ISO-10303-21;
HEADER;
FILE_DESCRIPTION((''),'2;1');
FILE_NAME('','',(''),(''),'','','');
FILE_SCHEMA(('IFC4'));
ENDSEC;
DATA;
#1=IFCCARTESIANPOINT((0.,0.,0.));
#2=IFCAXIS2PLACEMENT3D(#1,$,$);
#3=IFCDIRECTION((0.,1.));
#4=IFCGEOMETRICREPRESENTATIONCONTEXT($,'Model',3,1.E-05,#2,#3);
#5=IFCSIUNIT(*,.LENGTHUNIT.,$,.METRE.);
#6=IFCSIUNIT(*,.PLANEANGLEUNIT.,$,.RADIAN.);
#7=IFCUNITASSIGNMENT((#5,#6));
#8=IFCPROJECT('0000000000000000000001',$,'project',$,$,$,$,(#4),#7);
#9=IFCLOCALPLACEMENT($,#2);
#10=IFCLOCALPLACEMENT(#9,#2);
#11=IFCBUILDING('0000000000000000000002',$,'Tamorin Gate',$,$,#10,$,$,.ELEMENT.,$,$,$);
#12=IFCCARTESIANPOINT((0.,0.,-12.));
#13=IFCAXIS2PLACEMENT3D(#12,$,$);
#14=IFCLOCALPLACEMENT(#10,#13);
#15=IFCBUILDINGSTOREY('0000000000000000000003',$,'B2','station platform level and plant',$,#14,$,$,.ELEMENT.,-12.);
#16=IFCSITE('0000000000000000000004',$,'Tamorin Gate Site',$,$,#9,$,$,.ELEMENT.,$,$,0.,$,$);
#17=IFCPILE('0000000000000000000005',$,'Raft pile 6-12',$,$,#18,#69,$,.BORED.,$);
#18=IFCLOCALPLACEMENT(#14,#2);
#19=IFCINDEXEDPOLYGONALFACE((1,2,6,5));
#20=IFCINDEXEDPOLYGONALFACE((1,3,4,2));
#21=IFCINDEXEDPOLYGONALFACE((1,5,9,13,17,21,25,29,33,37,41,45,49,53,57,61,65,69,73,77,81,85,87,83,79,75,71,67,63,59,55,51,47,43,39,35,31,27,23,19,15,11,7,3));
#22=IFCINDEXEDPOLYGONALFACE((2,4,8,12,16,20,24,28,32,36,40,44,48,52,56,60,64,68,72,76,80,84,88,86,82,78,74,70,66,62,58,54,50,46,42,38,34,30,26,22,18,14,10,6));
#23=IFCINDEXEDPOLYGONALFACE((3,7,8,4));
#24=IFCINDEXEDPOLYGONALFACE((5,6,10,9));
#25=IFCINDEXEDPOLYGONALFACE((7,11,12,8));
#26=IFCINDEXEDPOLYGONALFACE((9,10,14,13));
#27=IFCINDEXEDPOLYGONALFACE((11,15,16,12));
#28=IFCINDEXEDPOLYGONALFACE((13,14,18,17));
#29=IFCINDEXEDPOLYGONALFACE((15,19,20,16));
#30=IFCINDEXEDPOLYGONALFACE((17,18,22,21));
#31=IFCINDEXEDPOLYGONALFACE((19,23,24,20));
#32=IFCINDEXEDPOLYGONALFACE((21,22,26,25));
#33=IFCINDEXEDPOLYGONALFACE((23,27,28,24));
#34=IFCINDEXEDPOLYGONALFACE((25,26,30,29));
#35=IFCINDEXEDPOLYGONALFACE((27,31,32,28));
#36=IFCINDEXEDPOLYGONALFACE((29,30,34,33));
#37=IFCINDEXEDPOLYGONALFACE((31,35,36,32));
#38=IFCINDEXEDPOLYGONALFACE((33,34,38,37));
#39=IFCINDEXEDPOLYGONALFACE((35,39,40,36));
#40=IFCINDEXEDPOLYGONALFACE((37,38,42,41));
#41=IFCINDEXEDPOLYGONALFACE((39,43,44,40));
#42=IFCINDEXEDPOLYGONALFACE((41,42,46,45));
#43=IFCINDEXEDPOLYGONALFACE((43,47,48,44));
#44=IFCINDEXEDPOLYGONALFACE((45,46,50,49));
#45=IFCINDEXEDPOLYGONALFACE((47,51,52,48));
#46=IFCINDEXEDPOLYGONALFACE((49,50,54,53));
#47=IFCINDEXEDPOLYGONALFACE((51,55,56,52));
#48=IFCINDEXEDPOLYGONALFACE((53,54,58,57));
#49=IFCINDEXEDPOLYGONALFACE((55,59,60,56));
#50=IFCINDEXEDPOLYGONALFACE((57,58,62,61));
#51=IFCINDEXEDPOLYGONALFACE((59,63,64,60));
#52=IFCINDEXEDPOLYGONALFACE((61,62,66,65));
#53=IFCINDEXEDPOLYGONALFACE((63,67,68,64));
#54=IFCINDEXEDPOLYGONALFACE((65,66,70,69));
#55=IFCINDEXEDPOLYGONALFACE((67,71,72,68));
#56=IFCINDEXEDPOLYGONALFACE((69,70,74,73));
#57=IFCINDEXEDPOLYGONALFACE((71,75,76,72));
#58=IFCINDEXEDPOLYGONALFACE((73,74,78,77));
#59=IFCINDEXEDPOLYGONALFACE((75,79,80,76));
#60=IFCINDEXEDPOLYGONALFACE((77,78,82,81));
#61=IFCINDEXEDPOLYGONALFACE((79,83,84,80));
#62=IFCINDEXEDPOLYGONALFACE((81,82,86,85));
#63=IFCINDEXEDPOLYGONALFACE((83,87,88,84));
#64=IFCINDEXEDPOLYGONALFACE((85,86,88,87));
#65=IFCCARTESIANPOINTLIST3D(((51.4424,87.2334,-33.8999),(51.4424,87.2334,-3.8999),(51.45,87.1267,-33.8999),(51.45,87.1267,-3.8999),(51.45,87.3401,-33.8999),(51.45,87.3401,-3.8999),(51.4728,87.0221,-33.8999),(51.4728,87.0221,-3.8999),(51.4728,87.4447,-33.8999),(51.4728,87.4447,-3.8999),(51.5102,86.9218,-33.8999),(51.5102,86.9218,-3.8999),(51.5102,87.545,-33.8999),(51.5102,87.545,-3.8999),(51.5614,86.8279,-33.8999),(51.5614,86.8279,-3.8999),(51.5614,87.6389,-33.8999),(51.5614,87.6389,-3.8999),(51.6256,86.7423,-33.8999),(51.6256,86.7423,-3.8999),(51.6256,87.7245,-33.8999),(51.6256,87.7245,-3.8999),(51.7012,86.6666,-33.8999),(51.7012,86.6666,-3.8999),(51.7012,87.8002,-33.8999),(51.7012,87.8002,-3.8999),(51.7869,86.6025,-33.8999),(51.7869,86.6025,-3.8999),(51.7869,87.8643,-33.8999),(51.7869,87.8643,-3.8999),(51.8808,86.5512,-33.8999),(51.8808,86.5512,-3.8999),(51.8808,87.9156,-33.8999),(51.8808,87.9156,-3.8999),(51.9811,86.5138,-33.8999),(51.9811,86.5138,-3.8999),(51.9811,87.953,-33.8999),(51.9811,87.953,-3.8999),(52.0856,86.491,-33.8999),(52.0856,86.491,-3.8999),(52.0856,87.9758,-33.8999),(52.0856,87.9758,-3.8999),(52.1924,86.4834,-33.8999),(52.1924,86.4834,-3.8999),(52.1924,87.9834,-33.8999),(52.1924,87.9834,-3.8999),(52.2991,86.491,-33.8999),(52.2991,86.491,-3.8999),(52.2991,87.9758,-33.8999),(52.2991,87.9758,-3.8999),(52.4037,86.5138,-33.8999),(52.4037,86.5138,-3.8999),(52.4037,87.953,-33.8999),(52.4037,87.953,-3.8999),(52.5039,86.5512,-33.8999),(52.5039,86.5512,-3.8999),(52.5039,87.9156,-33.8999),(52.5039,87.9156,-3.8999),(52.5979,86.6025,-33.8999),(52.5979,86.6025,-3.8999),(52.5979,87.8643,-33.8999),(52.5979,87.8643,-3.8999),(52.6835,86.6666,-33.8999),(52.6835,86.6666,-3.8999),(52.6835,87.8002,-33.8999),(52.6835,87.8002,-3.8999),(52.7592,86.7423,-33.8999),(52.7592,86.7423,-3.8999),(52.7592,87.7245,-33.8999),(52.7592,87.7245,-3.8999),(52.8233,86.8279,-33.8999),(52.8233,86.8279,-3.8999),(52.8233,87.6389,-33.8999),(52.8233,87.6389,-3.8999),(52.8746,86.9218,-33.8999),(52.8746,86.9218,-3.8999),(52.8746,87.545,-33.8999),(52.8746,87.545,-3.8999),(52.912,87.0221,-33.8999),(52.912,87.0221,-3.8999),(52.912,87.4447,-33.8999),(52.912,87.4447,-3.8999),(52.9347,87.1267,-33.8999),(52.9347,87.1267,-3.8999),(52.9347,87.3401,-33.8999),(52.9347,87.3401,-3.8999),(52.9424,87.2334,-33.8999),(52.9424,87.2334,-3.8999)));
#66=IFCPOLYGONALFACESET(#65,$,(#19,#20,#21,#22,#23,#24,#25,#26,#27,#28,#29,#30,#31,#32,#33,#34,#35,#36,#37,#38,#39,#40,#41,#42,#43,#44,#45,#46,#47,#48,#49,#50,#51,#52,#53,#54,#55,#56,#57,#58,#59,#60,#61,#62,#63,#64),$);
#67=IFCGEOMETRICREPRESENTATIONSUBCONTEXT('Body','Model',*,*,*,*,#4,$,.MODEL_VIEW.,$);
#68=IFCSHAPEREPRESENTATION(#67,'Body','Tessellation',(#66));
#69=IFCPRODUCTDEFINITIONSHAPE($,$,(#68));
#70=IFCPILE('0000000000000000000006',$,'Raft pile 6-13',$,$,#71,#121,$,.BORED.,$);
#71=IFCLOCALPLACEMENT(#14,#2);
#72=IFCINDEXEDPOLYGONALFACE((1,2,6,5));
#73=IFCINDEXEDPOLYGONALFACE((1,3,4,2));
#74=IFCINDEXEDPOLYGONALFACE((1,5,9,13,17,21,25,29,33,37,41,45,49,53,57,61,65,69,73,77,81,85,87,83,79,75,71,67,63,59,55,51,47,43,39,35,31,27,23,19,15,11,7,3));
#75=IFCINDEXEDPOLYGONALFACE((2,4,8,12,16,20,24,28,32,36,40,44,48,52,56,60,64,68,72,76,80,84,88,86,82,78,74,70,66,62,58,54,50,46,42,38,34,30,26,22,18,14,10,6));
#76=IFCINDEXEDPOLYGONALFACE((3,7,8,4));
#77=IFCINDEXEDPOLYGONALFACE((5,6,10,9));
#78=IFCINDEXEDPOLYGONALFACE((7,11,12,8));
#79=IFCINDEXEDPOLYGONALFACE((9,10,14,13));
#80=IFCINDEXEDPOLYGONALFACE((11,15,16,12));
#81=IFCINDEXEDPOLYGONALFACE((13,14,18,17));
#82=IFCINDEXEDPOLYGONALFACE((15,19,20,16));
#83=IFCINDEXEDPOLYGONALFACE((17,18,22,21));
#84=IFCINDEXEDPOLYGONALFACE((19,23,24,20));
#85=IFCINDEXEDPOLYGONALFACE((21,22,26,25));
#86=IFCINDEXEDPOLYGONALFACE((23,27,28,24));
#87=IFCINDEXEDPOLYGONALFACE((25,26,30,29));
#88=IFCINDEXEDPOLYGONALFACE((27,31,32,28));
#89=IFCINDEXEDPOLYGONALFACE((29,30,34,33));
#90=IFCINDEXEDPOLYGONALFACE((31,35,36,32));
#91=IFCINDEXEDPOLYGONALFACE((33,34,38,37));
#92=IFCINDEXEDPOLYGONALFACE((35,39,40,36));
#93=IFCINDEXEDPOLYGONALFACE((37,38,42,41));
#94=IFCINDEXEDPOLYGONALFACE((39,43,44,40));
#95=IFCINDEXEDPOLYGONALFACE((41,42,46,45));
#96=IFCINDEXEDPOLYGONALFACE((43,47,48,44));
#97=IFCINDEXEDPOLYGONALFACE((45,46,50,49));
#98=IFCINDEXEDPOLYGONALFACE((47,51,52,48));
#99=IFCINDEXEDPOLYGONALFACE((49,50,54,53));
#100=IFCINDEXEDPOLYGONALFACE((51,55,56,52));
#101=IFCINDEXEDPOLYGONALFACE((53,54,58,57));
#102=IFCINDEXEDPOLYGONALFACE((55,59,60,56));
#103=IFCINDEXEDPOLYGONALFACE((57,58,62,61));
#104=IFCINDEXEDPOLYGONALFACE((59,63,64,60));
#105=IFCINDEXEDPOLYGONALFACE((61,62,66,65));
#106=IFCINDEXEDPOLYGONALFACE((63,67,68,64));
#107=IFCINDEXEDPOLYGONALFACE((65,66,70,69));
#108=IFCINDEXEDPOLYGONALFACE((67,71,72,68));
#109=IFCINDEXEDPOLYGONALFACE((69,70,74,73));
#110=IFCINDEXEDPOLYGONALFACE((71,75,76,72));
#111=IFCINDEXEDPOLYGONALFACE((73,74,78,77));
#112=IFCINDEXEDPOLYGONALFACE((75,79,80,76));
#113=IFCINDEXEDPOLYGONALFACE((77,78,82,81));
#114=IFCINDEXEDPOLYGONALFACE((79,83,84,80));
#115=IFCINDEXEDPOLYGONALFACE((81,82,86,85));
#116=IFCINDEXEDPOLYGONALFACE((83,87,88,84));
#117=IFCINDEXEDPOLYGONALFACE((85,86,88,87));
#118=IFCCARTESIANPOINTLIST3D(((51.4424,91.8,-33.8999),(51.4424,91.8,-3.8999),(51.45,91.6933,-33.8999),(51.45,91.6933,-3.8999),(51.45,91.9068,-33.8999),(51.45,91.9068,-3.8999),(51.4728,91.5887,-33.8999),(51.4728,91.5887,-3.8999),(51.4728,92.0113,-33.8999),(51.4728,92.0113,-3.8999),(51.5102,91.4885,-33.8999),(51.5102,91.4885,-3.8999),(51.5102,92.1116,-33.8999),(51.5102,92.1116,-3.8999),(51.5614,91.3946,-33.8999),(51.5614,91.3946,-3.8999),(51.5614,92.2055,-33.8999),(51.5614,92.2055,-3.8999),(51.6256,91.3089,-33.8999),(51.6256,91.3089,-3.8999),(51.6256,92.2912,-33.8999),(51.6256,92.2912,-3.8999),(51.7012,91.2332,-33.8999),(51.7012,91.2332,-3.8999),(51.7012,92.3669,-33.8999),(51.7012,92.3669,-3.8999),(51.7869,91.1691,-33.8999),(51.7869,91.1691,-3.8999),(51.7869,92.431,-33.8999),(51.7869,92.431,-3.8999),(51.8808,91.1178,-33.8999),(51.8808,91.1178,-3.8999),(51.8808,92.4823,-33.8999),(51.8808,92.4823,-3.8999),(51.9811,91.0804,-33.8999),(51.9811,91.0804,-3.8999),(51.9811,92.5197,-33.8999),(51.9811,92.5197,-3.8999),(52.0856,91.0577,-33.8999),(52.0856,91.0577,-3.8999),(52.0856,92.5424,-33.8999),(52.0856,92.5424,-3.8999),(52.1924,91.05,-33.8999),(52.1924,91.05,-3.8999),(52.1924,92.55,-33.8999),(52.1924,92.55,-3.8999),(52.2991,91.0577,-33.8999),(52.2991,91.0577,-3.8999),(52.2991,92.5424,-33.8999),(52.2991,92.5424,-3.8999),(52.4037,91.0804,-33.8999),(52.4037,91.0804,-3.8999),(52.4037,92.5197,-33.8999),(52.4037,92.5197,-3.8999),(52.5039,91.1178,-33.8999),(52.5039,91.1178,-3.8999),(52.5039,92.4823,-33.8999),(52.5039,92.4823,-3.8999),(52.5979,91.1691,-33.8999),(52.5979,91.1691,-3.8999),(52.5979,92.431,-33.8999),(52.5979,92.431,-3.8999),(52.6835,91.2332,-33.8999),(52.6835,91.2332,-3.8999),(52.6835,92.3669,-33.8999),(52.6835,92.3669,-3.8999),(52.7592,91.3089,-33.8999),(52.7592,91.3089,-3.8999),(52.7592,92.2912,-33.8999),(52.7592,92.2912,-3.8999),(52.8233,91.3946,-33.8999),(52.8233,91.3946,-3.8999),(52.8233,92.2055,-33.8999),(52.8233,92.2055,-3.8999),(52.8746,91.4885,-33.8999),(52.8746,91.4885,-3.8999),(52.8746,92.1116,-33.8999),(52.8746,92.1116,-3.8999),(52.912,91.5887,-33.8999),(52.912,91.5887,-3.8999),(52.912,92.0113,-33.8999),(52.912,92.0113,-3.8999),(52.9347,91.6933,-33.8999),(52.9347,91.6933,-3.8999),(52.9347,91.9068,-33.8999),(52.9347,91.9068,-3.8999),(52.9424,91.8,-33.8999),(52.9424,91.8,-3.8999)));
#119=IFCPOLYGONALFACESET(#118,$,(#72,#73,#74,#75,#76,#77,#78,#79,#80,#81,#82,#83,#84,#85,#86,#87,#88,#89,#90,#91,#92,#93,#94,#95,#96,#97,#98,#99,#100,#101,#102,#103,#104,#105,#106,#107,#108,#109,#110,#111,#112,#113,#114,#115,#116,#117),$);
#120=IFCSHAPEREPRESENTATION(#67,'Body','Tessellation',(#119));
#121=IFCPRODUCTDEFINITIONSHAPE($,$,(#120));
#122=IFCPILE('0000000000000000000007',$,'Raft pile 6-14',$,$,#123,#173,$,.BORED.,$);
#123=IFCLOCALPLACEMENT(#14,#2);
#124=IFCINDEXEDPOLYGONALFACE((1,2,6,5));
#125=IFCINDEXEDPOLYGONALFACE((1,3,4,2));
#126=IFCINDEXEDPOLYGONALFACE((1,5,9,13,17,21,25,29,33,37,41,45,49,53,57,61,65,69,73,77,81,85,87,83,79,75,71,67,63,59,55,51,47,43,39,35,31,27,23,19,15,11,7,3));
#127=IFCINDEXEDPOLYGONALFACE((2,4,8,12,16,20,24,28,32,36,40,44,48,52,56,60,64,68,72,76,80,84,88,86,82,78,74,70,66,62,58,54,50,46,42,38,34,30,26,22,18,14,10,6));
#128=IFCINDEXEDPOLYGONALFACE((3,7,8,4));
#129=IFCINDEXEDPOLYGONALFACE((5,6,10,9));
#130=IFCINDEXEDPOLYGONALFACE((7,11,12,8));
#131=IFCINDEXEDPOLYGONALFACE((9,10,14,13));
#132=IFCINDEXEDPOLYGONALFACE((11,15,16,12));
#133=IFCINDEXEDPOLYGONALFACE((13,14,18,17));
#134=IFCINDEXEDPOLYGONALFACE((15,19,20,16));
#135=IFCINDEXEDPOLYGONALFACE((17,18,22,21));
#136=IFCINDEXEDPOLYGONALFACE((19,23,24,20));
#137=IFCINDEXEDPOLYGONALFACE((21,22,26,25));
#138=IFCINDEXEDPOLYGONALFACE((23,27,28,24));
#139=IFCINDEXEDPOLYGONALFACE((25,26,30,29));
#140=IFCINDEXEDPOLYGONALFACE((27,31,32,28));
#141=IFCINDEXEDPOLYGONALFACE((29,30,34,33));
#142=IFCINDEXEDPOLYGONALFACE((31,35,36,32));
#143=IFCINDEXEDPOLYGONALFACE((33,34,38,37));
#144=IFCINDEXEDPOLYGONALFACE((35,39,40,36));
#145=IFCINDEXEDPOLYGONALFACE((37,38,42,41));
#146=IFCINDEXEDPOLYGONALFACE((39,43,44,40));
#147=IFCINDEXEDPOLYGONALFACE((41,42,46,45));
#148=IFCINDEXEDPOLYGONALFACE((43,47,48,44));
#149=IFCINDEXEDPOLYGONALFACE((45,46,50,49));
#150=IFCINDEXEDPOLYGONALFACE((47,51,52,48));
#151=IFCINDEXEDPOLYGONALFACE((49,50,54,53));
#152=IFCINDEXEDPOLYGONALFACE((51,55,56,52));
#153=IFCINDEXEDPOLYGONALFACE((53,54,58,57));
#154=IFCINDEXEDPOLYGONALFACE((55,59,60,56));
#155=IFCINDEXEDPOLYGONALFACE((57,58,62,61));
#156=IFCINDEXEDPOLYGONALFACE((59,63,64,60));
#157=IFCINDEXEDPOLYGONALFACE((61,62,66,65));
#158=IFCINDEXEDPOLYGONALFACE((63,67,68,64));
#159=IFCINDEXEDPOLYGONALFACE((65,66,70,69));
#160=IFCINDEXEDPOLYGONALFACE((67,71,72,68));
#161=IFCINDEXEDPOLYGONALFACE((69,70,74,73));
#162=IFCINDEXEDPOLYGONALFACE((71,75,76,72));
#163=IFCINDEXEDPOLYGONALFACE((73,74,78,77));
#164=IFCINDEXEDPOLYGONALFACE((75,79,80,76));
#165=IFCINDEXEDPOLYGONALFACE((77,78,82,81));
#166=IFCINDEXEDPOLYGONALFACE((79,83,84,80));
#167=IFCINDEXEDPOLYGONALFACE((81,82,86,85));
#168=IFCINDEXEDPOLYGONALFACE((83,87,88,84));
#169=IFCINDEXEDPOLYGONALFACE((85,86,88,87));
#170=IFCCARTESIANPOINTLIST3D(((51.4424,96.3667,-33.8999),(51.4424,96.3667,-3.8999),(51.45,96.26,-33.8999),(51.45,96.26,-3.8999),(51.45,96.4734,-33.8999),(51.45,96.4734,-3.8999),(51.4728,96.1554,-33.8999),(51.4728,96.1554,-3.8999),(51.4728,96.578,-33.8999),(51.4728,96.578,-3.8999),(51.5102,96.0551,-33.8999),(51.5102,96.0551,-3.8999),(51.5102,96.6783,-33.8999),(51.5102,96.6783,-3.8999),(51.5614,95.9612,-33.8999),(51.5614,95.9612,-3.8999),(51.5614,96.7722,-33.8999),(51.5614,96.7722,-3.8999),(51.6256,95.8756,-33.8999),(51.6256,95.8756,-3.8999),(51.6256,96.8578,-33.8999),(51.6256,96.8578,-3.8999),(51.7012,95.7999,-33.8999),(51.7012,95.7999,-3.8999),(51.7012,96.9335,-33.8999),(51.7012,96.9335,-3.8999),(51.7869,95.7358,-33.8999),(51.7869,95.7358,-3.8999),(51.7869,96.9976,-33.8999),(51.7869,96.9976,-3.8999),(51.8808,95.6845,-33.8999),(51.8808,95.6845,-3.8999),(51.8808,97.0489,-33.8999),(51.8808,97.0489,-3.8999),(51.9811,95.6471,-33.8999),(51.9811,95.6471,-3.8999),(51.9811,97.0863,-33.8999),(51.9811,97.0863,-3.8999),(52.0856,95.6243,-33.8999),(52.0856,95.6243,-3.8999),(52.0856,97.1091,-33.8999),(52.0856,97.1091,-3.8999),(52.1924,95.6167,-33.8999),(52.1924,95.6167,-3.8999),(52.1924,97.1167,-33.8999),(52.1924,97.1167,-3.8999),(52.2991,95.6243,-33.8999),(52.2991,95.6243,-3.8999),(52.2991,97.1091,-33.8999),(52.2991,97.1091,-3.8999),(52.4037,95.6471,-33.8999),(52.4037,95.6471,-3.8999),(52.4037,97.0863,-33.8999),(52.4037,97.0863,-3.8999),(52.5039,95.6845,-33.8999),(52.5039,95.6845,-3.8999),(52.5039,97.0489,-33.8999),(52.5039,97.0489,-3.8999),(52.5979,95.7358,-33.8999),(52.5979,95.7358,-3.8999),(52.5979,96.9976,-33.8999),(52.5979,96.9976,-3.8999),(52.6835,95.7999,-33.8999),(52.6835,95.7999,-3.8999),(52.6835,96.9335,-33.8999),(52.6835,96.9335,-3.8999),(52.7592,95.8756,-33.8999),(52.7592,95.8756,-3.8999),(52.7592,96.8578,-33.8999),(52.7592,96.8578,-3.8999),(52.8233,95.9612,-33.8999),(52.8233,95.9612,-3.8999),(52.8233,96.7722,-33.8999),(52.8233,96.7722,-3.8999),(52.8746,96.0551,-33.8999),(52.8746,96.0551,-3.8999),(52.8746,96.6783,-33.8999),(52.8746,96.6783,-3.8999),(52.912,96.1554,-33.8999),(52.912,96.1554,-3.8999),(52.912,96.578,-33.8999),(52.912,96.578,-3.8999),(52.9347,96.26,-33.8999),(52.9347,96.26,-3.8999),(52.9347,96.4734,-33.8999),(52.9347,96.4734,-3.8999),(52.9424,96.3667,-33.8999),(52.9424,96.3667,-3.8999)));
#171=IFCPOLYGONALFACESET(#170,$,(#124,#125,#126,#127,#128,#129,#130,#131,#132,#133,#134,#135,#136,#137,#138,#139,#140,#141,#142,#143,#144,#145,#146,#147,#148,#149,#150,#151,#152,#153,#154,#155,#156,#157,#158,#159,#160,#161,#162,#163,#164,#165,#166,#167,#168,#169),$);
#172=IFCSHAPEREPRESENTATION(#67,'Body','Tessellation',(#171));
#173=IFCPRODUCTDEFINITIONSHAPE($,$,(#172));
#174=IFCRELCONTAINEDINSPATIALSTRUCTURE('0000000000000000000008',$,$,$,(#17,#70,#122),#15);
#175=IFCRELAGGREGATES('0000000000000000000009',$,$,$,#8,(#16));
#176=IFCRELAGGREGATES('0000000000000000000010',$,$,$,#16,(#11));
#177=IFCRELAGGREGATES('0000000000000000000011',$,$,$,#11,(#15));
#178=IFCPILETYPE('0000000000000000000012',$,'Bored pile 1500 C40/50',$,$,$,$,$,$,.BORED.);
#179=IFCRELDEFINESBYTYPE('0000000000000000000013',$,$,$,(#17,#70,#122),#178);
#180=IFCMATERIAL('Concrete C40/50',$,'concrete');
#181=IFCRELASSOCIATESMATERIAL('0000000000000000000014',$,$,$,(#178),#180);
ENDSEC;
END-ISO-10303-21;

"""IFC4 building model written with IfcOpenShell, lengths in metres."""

from ifc_helpers import new_model, si_unit, direction, frame, origin, origin_2d, place, context, subcontext, project, spatial, circle, extrude, material, material_profile, profile_set, type_object, element, save


model = new_model("IFC4")

# Units and contexts
model_context = context("Model", 3, precision=1e-05, world=origin(), true_north=direction((0.0, 1.0)))
body_context = subcontext(model_context, "Body", "Model", "MODEL_VIEW")
ifc_project = project(units=[si_unit("LENGTHUNIT", "METRE"), si_unit("PLANEANGLEUNIT", "RADIAN")], contexts=[model_context])

# Site, building, storey
site_placement = place(None, origin())
site = spatial("IfcSite", under=ifc_project, at=site_placement, Name="Tamorin Gate Site", CompositionType="ELEMENT", RefElevation=0.0)
building_placement = place(site_placement, origin())
building = spatial("IfcBuilding", under=site, at=building_placement, Name="Tamorin Gate", CompositionType="ELEMENT")
storey_placement = place(building_placement, frame((0.0, 0.0, -12.0)))
storey = spatial("IfcBuildingStorey", under=building, at=storey_placement, Name="B2", Description="station platform level and plant", CompositionType="ELEMENT", Elevation=-12.0)

# Piles
ifc_material_1 = material(Name="Concrete C40/50", Category="concrete")
ifc_material_profile_1 = material_profile(ifc_material_1, circle(Radius=0.75, at=origin_2d()))
ifc_profile_set_1 = profile_set([ifc_material_profile_1], Name="Concrete C40/50")
pile_type = type_object("IfcPileType", Name="Bored pile 1500 C40/50", PredefinedType="BORED", material=ifc_profile_set_1)
for number, where, z_axis, x_axis, name in (
    (1, (52.1924, 87.2334, -3.8999), (0.0, 0.0, -1.0), (1.0, 0.0, 0.0), "Raft pile 6-12"),
    (2, (52.1924, 91.8, -3.8999), (0.0, 0.0, -1.0), (1.0, 0.0, 0.0), "Raft pile 6-13"),
    (3, (52.1924, 96.3667, -3.8999), (0.0, 0.0, -1.0), (1.0, 0.0, 0.0), "Raft pile 6-14"),
):
    element("IfcPile", number, at=place(storey_placement, frame(where, z_axis=z_axis, x_axis=x_axis)), inside=storey, type_object=pile_type, Name=name, PredefinedType="BORED", context=body_context, shape_type="SweptSolid", body=[
        extrude(circle(Radius=0.75, at=origin_2d()), origin(), (0.0, 0.0, 1.0), 30.0),
    ])

save(model, "model.ifc")
